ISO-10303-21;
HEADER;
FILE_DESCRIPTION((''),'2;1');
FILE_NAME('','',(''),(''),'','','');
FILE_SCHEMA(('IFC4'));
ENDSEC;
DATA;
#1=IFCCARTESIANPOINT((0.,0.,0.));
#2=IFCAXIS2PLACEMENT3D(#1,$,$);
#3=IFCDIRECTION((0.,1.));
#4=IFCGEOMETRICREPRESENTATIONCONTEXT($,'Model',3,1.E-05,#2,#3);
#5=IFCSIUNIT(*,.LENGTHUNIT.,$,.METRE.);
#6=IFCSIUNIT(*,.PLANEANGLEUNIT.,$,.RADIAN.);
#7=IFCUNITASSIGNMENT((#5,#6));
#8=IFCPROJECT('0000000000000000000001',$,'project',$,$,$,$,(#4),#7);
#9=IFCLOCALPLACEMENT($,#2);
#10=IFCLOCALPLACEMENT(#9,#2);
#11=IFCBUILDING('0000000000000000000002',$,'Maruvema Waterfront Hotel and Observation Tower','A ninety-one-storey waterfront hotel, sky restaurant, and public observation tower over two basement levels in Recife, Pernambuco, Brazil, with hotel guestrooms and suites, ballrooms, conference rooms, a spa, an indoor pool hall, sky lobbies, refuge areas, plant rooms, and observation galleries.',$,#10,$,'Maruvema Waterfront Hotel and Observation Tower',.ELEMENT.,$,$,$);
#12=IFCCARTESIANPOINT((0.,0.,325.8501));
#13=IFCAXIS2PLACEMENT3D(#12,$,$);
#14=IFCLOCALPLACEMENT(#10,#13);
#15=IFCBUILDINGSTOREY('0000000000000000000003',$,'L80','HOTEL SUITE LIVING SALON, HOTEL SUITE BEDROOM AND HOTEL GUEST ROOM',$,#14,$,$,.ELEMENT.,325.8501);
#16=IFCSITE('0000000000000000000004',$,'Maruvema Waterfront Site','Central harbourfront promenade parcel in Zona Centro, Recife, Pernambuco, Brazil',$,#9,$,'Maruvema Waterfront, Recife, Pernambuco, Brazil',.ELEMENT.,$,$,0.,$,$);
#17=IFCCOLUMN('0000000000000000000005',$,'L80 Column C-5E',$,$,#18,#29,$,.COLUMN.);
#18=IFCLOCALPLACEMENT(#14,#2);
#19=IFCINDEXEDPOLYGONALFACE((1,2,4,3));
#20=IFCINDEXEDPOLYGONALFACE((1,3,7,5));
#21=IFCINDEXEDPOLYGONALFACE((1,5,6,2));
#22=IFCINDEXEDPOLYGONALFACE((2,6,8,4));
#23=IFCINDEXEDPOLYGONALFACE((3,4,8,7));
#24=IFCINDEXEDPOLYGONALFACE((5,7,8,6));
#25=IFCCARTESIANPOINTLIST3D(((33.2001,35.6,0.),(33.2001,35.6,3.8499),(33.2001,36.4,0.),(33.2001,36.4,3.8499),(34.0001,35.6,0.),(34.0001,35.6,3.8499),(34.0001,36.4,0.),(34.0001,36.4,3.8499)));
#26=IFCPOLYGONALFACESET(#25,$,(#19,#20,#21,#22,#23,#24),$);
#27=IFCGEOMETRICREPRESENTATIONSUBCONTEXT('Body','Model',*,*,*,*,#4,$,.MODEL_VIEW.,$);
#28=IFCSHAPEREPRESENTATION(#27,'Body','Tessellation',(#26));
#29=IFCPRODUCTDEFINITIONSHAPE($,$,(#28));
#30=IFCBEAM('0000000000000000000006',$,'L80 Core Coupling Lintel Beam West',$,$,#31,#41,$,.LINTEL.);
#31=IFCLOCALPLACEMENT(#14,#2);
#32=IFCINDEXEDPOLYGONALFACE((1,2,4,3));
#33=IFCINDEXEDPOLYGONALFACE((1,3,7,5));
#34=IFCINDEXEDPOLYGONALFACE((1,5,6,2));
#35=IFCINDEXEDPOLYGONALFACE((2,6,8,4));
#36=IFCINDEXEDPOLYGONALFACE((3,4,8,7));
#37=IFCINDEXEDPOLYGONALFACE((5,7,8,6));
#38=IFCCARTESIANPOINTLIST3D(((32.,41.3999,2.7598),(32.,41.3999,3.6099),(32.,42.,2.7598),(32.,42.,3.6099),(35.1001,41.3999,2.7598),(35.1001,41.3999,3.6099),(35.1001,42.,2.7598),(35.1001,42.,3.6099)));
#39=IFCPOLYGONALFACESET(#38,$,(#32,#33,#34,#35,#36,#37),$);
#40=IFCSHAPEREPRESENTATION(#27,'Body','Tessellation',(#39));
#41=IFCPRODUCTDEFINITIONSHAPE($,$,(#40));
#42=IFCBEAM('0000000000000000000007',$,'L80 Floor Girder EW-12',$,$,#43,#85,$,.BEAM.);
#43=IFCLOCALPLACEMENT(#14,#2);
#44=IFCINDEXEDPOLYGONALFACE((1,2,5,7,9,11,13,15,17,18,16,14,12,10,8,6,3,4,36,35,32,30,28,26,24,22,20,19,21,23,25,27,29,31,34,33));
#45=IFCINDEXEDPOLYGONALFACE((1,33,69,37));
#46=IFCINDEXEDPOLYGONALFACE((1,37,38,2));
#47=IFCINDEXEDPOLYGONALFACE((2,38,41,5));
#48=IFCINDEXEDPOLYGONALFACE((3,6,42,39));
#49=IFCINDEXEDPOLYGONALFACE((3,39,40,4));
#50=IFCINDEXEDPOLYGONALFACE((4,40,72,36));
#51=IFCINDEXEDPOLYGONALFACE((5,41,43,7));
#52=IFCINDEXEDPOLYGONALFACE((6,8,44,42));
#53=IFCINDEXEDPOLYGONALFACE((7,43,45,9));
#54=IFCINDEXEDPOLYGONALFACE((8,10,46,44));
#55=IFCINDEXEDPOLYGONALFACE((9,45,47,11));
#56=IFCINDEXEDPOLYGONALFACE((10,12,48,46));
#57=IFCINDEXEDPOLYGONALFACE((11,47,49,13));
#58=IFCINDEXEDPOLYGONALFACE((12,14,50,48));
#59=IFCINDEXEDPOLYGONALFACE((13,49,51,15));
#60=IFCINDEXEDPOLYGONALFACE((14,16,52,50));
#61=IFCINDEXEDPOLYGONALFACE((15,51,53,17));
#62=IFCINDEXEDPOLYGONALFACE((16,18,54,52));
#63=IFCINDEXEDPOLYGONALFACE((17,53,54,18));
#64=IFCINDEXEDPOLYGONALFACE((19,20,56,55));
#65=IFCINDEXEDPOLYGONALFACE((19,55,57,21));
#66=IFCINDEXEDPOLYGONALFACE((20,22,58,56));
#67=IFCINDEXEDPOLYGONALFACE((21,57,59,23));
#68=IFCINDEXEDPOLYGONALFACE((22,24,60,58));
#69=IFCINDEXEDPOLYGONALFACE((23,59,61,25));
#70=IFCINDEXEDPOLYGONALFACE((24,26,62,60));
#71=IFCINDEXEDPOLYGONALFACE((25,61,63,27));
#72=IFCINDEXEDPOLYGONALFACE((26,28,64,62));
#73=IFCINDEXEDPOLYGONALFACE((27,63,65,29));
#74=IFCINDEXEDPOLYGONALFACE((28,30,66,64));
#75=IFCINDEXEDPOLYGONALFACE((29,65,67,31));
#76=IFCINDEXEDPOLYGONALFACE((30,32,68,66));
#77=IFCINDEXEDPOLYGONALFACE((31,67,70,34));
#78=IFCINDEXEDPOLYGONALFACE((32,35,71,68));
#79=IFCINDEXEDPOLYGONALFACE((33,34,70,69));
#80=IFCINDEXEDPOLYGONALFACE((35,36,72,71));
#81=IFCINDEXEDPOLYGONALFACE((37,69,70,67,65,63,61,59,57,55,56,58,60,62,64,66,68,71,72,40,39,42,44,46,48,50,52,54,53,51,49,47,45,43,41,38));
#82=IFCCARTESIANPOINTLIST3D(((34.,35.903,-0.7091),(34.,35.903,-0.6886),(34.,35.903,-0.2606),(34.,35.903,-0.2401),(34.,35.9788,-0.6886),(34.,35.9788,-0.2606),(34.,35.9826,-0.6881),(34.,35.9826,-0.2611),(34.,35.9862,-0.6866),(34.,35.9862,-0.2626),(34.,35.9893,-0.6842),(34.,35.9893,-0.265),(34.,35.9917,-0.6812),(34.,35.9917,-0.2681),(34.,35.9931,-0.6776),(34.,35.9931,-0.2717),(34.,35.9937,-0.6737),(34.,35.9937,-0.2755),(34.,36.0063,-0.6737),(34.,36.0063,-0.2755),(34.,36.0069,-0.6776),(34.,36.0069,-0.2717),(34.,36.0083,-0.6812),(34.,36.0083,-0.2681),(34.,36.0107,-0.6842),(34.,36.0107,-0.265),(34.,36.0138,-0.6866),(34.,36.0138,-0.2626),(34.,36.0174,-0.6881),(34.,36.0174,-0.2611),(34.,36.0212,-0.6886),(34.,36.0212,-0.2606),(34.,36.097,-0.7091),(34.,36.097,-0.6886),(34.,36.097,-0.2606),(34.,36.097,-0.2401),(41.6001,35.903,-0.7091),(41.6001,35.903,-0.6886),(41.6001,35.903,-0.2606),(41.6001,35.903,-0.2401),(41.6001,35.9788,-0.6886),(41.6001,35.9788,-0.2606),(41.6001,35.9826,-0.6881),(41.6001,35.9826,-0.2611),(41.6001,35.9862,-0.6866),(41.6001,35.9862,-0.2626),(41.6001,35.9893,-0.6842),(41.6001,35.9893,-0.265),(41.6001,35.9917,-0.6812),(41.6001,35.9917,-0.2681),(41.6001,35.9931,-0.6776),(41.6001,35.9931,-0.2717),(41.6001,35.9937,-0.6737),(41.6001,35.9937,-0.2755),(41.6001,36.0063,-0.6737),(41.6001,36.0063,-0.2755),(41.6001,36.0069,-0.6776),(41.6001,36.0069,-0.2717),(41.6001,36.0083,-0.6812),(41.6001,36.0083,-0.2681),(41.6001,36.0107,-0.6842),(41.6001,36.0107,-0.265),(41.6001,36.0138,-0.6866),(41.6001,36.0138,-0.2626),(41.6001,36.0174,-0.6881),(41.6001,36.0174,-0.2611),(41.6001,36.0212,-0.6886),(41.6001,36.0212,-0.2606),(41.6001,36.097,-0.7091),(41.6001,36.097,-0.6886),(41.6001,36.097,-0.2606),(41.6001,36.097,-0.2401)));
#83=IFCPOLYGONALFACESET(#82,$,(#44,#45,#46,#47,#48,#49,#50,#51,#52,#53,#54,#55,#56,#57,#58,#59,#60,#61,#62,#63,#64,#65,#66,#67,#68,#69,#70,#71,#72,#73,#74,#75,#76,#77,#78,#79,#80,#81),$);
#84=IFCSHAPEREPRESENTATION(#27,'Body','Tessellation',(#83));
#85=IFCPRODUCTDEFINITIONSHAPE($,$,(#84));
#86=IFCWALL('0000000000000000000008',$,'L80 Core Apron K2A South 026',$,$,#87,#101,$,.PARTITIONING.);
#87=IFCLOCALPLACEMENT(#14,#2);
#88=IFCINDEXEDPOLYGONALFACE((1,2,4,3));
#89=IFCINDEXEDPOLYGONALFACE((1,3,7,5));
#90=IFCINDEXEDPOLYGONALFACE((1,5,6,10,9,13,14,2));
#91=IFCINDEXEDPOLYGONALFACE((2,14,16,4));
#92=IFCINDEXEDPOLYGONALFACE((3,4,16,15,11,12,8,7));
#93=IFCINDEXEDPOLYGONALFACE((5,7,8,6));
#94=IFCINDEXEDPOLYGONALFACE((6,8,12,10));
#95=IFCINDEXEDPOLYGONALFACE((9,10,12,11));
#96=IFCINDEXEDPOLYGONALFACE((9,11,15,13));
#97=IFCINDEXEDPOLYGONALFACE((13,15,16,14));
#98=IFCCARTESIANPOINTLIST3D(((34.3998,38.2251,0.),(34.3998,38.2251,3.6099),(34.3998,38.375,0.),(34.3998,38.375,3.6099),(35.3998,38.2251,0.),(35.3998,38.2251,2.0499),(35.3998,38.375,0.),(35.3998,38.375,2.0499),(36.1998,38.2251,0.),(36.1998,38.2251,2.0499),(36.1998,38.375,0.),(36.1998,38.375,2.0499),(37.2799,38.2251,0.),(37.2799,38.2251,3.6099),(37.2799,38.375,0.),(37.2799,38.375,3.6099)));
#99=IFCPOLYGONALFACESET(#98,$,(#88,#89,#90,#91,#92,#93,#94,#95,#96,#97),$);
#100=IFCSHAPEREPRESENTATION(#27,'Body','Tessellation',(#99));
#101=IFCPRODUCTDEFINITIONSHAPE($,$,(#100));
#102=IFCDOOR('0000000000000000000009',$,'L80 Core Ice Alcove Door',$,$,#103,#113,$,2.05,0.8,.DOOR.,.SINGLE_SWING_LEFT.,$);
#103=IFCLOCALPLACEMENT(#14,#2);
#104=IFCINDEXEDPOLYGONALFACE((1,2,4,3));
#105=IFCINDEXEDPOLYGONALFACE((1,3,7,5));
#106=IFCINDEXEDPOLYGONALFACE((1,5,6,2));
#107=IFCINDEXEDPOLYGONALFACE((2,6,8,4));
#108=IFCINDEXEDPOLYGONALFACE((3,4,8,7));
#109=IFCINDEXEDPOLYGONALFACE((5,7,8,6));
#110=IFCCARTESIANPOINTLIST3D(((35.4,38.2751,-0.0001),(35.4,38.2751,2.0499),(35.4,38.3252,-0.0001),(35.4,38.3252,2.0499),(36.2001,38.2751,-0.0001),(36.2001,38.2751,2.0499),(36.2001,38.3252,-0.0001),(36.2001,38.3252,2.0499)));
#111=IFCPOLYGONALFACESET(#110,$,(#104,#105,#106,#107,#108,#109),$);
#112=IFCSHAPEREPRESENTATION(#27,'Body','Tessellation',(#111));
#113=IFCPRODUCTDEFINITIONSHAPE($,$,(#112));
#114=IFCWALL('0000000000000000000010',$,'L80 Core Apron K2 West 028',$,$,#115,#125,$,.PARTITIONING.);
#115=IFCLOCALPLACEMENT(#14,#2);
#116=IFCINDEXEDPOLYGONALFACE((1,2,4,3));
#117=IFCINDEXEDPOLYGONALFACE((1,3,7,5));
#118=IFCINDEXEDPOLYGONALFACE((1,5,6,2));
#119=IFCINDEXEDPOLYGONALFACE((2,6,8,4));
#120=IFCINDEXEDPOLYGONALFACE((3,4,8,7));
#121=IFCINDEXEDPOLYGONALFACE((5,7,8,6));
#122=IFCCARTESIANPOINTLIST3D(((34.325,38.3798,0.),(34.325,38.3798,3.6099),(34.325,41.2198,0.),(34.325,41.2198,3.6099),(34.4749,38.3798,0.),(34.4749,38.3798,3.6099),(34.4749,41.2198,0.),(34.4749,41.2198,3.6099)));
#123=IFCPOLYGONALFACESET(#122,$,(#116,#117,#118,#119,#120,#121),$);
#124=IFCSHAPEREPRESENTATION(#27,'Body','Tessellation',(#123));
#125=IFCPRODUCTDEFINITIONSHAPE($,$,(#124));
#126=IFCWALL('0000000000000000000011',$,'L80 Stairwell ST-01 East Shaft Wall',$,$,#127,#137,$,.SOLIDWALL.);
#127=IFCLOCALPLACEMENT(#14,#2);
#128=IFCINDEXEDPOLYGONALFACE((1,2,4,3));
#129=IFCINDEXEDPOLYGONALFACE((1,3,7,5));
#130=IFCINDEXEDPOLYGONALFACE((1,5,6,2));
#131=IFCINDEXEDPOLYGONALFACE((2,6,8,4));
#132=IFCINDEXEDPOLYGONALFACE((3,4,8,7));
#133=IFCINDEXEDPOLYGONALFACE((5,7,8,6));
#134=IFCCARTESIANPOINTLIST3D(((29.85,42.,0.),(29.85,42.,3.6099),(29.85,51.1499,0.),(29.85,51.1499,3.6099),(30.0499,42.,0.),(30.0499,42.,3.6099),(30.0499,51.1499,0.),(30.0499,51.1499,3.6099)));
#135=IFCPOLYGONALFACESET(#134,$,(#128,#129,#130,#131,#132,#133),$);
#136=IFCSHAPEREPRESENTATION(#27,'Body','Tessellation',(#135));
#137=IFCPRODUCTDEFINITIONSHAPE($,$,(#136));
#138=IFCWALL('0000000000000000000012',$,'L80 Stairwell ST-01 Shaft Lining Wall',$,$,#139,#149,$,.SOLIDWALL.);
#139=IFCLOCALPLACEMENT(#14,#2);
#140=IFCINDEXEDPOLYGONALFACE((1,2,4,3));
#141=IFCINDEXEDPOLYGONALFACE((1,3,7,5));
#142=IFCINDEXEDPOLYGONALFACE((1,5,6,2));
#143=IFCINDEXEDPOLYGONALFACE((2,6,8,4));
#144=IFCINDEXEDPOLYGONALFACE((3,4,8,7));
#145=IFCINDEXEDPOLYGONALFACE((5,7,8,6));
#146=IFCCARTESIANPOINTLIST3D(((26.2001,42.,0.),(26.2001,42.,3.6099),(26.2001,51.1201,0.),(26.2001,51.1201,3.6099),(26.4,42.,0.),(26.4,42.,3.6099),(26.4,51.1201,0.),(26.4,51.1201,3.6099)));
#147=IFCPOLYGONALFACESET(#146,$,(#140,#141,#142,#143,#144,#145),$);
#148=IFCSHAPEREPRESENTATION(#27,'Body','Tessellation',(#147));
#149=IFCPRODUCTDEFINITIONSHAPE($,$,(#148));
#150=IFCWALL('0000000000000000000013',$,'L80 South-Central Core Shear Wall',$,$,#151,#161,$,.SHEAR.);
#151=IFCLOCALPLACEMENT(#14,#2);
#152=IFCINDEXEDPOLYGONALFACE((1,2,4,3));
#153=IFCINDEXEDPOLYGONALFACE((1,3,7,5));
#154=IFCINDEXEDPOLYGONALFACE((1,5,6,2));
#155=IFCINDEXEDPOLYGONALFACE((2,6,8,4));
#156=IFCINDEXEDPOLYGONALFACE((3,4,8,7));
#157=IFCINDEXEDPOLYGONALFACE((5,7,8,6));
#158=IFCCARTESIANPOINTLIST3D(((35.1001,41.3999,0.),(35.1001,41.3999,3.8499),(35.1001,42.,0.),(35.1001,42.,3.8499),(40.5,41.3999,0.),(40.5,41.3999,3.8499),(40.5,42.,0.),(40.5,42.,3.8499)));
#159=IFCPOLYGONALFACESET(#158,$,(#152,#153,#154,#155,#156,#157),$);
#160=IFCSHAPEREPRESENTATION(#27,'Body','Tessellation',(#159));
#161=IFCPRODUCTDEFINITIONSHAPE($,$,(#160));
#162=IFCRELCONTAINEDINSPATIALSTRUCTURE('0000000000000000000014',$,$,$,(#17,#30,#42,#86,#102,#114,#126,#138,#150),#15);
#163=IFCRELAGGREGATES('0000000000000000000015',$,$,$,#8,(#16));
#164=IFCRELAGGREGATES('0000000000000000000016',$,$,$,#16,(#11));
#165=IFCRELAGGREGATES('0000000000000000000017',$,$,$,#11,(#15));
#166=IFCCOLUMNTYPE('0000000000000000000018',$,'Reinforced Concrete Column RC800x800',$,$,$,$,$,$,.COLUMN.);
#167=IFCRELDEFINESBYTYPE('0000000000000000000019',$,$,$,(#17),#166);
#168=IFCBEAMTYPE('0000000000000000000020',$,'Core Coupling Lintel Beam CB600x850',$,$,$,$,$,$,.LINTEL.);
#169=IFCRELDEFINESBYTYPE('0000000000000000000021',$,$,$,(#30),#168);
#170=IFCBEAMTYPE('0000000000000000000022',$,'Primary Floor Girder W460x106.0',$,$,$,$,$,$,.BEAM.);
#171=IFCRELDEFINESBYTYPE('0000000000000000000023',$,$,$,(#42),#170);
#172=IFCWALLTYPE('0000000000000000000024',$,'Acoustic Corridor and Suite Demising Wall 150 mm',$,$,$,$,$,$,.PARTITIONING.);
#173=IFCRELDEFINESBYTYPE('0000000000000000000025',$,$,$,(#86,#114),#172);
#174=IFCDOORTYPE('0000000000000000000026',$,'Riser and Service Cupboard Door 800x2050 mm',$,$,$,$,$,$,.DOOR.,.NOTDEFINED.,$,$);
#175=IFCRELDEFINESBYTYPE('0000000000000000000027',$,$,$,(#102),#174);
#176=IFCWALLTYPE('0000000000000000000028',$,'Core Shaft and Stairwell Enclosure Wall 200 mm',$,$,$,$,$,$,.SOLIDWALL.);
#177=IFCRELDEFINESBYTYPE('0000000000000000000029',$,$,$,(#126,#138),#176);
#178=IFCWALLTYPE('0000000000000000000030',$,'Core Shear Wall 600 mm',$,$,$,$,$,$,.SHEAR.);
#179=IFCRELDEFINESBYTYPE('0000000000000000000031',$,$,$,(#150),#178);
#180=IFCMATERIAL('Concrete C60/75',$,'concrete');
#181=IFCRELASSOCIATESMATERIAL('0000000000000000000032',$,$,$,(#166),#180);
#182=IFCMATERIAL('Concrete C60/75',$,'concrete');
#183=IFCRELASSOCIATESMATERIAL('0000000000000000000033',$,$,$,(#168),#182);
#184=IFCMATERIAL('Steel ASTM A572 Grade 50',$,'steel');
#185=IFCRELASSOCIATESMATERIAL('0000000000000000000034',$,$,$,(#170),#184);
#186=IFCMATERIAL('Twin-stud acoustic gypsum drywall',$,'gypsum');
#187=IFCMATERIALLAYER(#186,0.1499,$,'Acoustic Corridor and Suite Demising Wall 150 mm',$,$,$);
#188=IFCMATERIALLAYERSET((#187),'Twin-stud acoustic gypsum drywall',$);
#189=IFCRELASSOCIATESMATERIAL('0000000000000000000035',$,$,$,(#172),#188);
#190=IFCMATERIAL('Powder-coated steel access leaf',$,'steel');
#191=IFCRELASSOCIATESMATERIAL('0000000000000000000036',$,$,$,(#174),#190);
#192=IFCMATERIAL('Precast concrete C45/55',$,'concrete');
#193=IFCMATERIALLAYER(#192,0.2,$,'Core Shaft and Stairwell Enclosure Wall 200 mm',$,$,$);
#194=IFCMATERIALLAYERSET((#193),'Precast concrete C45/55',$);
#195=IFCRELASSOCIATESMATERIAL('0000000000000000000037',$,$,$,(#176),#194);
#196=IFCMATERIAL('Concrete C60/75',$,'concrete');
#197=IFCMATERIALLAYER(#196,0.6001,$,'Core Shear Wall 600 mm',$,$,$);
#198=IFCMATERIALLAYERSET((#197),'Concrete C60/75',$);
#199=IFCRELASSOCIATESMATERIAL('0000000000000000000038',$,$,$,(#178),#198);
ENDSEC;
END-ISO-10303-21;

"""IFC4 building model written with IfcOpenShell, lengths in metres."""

from ifc_helpers import new_model, si_unit, direction, frame, frame_2d, origin, origin_2d, place, context, subcontext, project, spatial, rectangle, i_section, extrude, material, layer, layer_set, material_profile, profile_set, type_object, element, fill, save


model = new_model("IFC4")

# Units and contexts
model_context = context("Model", 3, precision=1e-05, world=origin(), true_north=direction((0.0, 1.0)))
body_context = subcontext(model_context, "Body", "Model", "MODEL_VIEW")
ifc_project = project(units=[si_unit("LENGTHUNIT", "METRE"), si_unit("PLANEANGLEUNIT", "RADIAN")], contexts=[model_context])

# Site, building, storey
site_placement = place(None, origin())
site = spatial("IfcSite", under=ifc_project, at=site_placement, Name="Maruvema Waterfront Site", Description="Central harbourfront promenade parcel in Zona Centro, Recife, Pernambuco, Brazil", LongName="Maruvema Waterfront, Recife, Pernambuco, Brazil", CompositionType="ELEMENT", RefElevation=0.0)
building_placement = place(site_placement, origin())
building = spatial("IfcBuilding", under=site, at=building_placement, Name="Maruvema Waterfront Hotel and Observation Tower", Description="A ninety-one-storey waterfront hotel, sky restaurant, and public observation tower over two basement levels in Recife, Pernambuco, Brazil, with hotel guestrooms and suites, ballrooms, conference rooms, a spa, an indoor pool hall, sky lobbies, refuge areas, plant rooms, and observation galleries.", LongName="Maruvema Waterfront Hotel and Observation Tower", CompositionType="ELEMENT")
storey_placement = place(building_placement, frame((0.0, 0.0, 325.8501)))
storey = spatial("IfcBuildingStorey", under=building, at=storey_placement, Name="L80", Description="HOTEL SUITE LIVING SALON, HOTEL SUITE BEDROOM AND HOTEL GUEST ROOM", CompositionType="ELEMENT", Elevation=325.8501)

# Column
ifc_material_1 = material(Name="Concrete C60/75", Category="concrete")
ifc_material_profile_1 = material_profile(ifc_material_1, rectangle(XDim=0.8, YDim=0.8, at=origin_2d()), Name="RC800x800")
ifc_profile_set_1 = profile_set([ifc_material_profile_1], Name="Concrete C60/75")
column_type = type_object("IfcColumnType", Name="Reinforced Concrete Column RC800x800", PredefinedType="COLUMN", material=ifc_profile_set_1)
column_placement = place(storey_placement, frame((33.6001, 36.0, 0.0), z_axis=(0.0, 0.0, 1.0), x_axis=(1.0, 0.0, 0.0)))
element("IfcColumn", 1, at=column_placement, inside=storey, type_object=column_type, Name="L80 Column C-5E", PredefinedType="COLUMN", context=body_context, shape_type="SweptSolid", body=[
    extrude(rectangle(XDim=0.8, YDim=0.8, at=origin_2d()), origin(), (0.0, 0.0, 1.0), 3.8499),
])

# Beams
ifc_material_2 = material(Name="Concrete C60/75", Category="concrete")
ifc_material_profile_2 = material_profile(ifc_material_2, rectangle(XDim=0.6001, YDim=0.8501, at=origin_2d()), Name="CB600x850")
ifc_profile_set_2 = profile_set([ifc_material_profile_2], Name="Concrete C60/75")
beam_type_1 = type_object("IfcBeamType", Name="Core Coupling Lintel Beam CB600x850", PredefinedType="LINTEL", material=ifc_profile_set_2)
beam_1_placement = place(storey_placement, frame((32.0, 41.7, 3.1848), z_axis=(1.0, 0.0, 0.0), x_axis=(0.0, 1.0, 0.0)))
element("IfcBeam", 2, at=beam_1_placement, inside=storey, type_object=beam_type_1, Name="L80 Core Coupling Lintel Beam West", PredefinedType="LINTEL", context=body_context, shape_type="SweptSolid", body=[
    extrude(rectangle(XDim=0.6001, YDim=0.8501, at=origin_2d()), origin(), (0.0, 0.0, 1.0), 3.1001),
])
ifc_material_3 = material(Name="Steel ASTM A572 Grade 50", Category="steel")
ifc_material_profile_3 = material_profile(ifc_material_3, i_section(OverallWidth=0.1941, OverallDepth=0.469, WebThickness=0.0127, FlangeThickness=0.0205, FilletRadius=0.0149, at=origin_2d()), Name="W460x106.0")
ifc_profile_set_3 = profile_set([ifc_material_profile_3], Name="Steel ASTM A572 Grade 50")
beam_type_2 = type_object("IfcBeamType", Name="Primary Floor Girder W460x106.0", PredefinedType="BEAM", material=ifc_profile_set_3)
beam_2_placement = place(storey_placement, frame((34.0, 36.0, -0.4746), z_axis=(1.0, 0.0, 0.0), x_axis=(0.0, 1.0, 0.0)))
element("IfcBeam", 3, at=beam_2_placement, inside=storey, type_object=beam_type_2, Name="L80 Floor Girder EW-12", PredefinedType="BEAM", context=body_context, shape_type="SweptSolid", body=[
    extrude(i_section(OverallWidth=0.1941, OverallDepth=0.469, WebThickness=0.0127, FlangeThickness=0.0205, FilletRadius=0.0149, at=origin_2d()), origin(), (0.0, 0.0, 1.0), 7.6001),
])

# Wall, opening, door
ifc_material_4 = material(Name="Twin-stud acoustic gypsum drywall", Category="gypsum")
ifc_layer_1 = layer(ifc_material_4, 0.1499, Name="Acoustic Corridor and Suite Demising Wall 150 mm")
ifc_layer_set_1 = layer_set([ifc_layer_1], Name="Twin-stud acoustic gypsum drywall")
wall_type_1 = type_object("IfcWallType", Name="Acoustic Corridor and Suite Demising Wall 150 mm", PredefinedType="PARTITIONING", material=ifc_layer_set_1)
wall_1_placement = place(storey_placement, frame((34.3999, 38.3, 0.0), z_axis=(0.0, 0.0, 1.0), x_axis=(1.0, 0.0, 0.0)))
wall_1 = element("IfcWall", 4, at=wall_1_placement, inside=storey, type_object=wall_type_1, Name="L80 Core Apron K2A South 026", PredefinedType="PARTITIONING", context=body_context, shape_type="SweptSolid", body=[
    extrude(rectangle(XDim=2.8801, YDim=0.1499, at=frame_2d((1.4399, 0.0))), origin(), (0.0, 0.0, 1.0), 3.6099),
])
opening_1_placement = place(wall_1_placement, frame((1.0, 0.0, 0.0)))
opening_1 = element("IfcOpeningElement", 5, at=opening_1_placement, cuts=wall_1, PredefinedType="OPENING", context=body_context, shape_type="SweptSolid", body=[
    extrude(rectangle(XDim=0.8, YDim=2.05, at=frame_2d((0.3999, 1.0249))), frame((0.0, 0.085, 0.0), z_axis=(0.0, -1.0, 0.0), x_axis=(1.0, 0.0, 0.0)), (0.0, 0.0, 1.0), 0.1699),
])
ifc_material_5 = material(Name="Powder-coated steel access leaf", Category="steel")
door_type_1 = type_object("IfcDoorType", Name="Riser and Service Cupboard Door 800x2050 mm", OperationType="NOTDEFINED", PredefinedType="DOOR", material=ifc_material_5)
door_1_placement = place(opening_1_placement, frame((0.8, 0.0, 0.0), z_axis=(0.0, 0.0, 1.0), x_axis=(-1.0, 0.0, 0.0)))
door_1 = element("IfcDoor", 6, at=door_1_placement, inside=storey, type_object=door_type_1, Name="L80 Core Ice Alcove Door", OperationType="SINGLE_SWING_LEFT", OverallHeight=2.05, OverallWidth=0.8, PredefinedType="DOOR", context=body_context, shape_type="SweptSolid", body=[
    extrude(rectangle(XDim=0.8, YDim=2.05, at=frame_2d((0.3999, 1.0249))), frame((0.0, 0.0249, 0.0), z_axis=(0.0, -1.0, 0.0), x_axis=(1.0, 0.0, 0.0)), (0.0, 0.0, 1.0), 0.05),
])
fill(opening_1, door_1)

# Walls
wall_2_placement = place(storey_placement, frame((34.3999, 38.3799, 0.0), z_axis=(0.0, 0.0, 1.0), x_axis=(0.0, 1.0, 0.0)))
element("IfcWall", 7, at=wall_2_placement, inside=storey, type_object=wall_type_1, Name="L80 Core Apron K2 West 028", PredefinedType="PARTITIONING", context=body_context, shape_type="SweptSolid", body=[
    extrude(rectangle(XDim=2.8401, YDim=0.1499, at=frame_2d((1.4199, 0.0))), origin(), (0.0, 0.0, 1.0), 3.6099),
])
ifc_material_6 = material(Name="Precast concrete C45/55", Category="concrete")
ifc_layer_2 = layer(ifc_material_6, 0.2, Name="Core Shaft and Stairwell Enclosure Wall 200 mm")
ifc_layer_set_2 = layer_set([ifc_layer_2], Name="Precast concrete C45/55")
wall_type_2 = type_object("IfcWallType", Name="Core Shaft and Stairwell Enclosure Wall 200 mm", PredefinedType="SOLIDWALL", material=ifc_layer_set_2)
wall_3_placement = place(storey_placement, frame((29.95, 42.0, 0.0), z_axis=(0.0, 0.0, 1.0), x_axis=(0.0, 1.0, 0.0)))
element("IfcWall", 8, at=wall_3_placement, inside=storey, type_object=wall_type_2, Name="L80 Stairwell ST-01 East Shaft Wall", PredefinedType="SOLIDWALL", context=body_context, shape_type="SweptSolid", body=[
    extrude(rectangle(XDim=9.1499, YDim=0.2, at=frame_2d((4.575, 0.0))), origin(), (0.0, 0.0, 1.0), 3.6099),
])
wall_4_placement = place(storey_placement, frame((26.3, 42.0, 0.0), z_axis=(0.0, 0.0, 1.0), x_axis=(0.0, 1.0, 0.0)))
element("IfcWall", 9, at=wall_4_placement, inside=storey, type_object=wall_type_2, Name="L80 Stairwell ST-01 Shaft Lining Wall", PredefinedType="SOLIDWALL", context=body_context, shape_type="SweptSolid", body=[
    extrude(rectangle(XDim=9.1201, YDim=0.2, at=frame_2d((4.5601, 0.0))), origin(), (0.0, 0.0, 1.0), 3.6099),
])
ifc_material_7 = material(Name="Concrete C60/75", Category="concrete")
ifc_layer_3 = layer(ifc_material_7, 0.6001, Name="Core Shear Wall 600 mm")
ifc_layer_set_3 = layer_set([ifc_layer_3], Name="Concrete C60/75")
wall_type_3 = type_object("IfcWallType", Name="Core Shear Wall 600 mm", PredefinedType="SHEAR", material=ifc_layer_set_3)
wall_5_placement = place(storey_placement, frame((35.1001, 41.7, 0.0), z_axis=(0.0, 0.0, 1.0), x_axis=(1.0, 0.0, 0.0)))
element("IfcWall", 10, at=wall_5_placement, inside=storey, type_object=wall_type_3, Name="L80 South-Central Core Shear Wall", PredefinedType="SHEAR", context=body_context, shape_type="SweptSolid", body=[
    extrude(rectangle(XDim=5.3999, YDim=0.6001, at=frame_2d((2.7, 0.0))), origin(), (0.0, 0.0, 1.0), 3.8499),
])

save(model, "model.ifc")
